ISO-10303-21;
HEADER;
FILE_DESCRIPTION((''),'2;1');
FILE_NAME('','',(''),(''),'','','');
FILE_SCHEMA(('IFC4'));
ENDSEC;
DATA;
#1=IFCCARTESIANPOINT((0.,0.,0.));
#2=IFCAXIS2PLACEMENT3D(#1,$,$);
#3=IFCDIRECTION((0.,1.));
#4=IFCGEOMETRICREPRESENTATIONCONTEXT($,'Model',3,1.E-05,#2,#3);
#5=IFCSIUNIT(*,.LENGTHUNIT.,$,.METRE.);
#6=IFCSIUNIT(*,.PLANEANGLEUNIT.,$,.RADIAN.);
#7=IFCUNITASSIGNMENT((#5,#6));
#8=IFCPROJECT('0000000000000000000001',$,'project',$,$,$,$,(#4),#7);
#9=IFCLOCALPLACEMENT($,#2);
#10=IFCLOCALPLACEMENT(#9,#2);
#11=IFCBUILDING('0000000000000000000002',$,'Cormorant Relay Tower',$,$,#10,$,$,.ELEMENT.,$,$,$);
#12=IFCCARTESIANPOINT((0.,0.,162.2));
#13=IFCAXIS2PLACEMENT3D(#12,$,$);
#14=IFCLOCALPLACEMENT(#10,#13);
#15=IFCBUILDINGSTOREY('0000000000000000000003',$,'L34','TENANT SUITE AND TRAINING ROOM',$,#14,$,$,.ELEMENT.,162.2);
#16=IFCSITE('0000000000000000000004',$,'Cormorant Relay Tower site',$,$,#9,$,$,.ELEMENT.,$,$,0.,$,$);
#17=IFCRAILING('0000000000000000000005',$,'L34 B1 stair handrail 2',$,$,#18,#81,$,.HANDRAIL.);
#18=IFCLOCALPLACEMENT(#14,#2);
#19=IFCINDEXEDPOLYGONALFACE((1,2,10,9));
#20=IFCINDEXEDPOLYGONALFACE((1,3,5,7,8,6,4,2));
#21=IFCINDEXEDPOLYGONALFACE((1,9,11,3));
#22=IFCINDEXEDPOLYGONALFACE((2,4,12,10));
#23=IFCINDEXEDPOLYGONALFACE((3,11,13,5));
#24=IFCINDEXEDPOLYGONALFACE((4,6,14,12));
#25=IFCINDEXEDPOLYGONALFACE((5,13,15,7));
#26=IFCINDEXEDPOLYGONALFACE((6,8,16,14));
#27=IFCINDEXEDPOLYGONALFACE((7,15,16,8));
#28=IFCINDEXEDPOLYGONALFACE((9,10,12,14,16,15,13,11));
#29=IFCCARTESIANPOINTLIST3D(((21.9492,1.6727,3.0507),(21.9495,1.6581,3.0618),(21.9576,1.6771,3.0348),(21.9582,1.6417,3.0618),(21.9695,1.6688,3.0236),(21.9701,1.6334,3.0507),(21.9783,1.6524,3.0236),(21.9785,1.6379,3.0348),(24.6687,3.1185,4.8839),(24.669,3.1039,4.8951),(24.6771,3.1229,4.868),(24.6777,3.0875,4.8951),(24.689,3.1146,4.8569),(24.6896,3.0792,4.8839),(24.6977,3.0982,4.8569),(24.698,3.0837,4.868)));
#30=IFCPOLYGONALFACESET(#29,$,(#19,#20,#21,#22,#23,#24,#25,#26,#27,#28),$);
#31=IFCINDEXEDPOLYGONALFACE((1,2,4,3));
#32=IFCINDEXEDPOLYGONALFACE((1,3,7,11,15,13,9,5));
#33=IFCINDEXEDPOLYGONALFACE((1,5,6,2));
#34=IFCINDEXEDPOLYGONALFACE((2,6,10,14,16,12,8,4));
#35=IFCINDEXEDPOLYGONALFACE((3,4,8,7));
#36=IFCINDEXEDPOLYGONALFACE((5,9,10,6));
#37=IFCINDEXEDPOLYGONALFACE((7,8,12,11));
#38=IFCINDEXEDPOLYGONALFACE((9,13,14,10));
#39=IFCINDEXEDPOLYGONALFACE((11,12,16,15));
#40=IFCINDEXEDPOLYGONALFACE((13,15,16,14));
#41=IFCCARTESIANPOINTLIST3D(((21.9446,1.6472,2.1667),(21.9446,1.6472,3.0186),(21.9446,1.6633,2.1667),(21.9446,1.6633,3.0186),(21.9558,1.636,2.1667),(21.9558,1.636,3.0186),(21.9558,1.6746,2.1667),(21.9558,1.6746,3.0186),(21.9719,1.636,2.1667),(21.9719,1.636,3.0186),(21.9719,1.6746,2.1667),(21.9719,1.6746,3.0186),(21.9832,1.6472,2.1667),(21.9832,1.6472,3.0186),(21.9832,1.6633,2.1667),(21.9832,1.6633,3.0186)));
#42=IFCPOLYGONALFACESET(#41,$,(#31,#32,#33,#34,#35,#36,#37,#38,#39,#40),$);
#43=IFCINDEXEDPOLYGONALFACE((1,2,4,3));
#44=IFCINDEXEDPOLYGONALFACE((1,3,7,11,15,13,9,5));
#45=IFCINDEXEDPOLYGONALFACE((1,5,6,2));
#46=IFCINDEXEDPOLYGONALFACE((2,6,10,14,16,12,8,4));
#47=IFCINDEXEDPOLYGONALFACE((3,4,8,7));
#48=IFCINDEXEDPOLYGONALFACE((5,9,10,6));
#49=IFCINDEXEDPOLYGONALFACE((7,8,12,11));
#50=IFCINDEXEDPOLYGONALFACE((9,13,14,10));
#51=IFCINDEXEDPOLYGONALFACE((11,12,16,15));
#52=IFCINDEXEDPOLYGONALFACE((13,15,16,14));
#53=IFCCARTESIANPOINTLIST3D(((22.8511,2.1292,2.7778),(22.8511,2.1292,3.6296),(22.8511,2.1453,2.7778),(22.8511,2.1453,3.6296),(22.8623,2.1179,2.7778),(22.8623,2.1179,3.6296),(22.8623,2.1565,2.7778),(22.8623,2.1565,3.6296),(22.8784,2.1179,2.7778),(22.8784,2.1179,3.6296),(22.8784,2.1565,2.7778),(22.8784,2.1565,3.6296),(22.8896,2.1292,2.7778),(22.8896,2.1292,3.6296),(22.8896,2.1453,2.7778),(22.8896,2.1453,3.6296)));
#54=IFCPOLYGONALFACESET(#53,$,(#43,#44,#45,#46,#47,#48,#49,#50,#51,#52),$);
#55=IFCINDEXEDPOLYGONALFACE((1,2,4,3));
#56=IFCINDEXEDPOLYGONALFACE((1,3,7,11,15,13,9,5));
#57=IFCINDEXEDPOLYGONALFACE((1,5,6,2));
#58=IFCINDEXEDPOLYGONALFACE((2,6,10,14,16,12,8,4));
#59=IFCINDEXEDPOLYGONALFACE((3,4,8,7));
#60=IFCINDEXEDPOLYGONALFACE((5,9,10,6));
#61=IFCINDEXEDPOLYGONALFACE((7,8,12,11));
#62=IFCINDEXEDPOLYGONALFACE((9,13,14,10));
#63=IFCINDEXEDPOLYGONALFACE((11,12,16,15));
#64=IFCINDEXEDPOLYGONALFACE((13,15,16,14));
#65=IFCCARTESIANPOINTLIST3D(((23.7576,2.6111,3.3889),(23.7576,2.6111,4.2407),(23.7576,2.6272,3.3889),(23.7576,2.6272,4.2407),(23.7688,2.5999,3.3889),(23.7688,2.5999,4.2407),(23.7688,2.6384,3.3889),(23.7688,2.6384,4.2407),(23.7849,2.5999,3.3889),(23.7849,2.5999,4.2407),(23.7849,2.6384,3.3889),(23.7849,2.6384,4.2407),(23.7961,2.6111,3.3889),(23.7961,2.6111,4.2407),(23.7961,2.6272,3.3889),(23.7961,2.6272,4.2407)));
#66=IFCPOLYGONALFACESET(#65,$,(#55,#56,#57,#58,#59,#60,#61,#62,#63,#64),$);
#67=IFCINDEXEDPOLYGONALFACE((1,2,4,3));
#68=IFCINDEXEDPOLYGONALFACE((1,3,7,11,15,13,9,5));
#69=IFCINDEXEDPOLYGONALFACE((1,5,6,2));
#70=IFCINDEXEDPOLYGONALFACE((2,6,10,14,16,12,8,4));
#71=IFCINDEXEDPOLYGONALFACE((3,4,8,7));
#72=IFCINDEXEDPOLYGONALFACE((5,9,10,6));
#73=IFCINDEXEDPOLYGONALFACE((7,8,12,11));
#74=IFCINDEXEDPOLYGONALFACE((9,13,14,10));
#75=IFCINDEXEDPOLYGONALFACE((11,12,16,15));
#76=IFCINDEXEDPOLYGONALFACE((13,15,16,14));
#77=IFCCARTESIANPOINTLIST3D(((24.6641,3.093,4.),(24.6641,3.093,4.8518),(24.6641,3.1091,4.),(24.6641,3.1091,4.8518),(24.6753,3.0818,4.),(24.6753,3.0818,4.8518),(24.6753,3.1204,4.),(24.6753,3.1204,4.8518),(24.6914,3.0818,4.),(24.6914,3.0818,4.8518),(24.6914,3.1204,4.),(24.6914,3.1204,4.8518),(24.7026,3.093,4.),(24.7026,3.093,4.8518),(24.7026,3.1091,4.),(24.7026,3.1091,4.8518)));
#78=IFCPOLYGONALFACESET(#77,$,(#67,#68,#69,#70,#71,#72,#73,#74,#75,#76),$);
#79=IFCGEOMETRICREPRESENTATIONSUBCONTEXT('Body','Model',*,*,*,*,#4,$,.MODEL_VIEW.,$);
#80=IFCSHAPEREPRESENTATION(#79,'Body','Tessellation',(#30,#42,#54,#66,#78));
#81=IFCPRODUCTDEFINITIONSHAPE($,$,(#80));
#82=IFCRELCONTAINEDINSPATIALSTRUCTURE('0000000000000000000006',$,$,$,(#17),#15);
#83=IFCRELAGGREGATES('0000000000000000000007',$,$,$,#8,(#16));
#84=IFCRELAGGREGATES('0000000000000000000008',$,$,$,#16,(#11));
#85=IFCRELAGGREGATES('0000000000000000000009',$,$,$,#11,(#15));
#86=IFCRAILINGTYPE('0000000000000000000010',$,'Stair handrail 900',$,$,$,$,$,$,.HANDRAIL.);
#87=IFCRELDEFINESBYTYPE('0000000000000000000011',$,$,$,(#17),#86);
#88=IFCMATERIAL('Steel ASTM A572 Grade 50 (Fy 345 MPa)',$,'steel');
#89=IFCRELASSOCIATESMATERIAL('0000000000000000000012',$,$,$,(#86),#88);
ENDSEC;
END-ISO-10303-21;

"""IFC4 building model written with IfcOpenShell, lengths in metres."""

from ifc_helpers import new_model, si_unit, direction, frame, origin, place, context, subcontext, project, spatial, polyline, outline, extrude, material, type_object, element, save


model = new_model("IFC4")

# Units and contexts
model_context = context("Model", 3, precision=1e-05, world=origin(), true_north=direction((0.0, 1.0)))
body_context = subcontext(model_context, "Body", "Model", "MODEL_VIEW")
ifc_project = project(units=[si_unit("LENGTHUNIT", "METRE"), si_unit("PLANEANGLEUNIT", "RADIAN")], contexts=[model_context])

# Site, building, storey
site_placement = place(None, origin())
site = spatial("IfcSite", under=ifc_project, at=site_placement, Name="Cormorant Relay Tower site", CompositionType="ELEMENT", RefElevation=0.0)
building_placement = place(site_placement, origin())
building = spatial("IfcBuilding", under=site, at=building_placement, Name="Cormorant Relay Tower", CompositionType="ELEMENT")
storey_placement = place(building_placement, frame((0.0, 0.0, 162.2)))
storey = spatial("IfcBuildingStorey", under=building, at=storey_placement, Name="L34", Description="TENANT SUITE AND TRAINING ROOM", CompositionType="ELEMENT", Elevation=162.2)

# Railing
ifc_material_1 = material(Name="Steel ASTM A572 Grade 50 (Fy 345 MPa)", Category="steel")
railing_type_1 = type_object("IfcRailingType", Name="Stair handrail 900", PredefinedType="HANDRAIL", material=ifc_material_1)
railing_1_placement = place(storey_placement, frame((21.9639, 1.6553, 2.1667)))
element("IfcRailing", 1, at=railing_1_placement, inside=storey, type_object=railing_type_1, Name="L34 B1 stair handrail 2", PredefinedType="HANDRAIL", context=body_context, shape_type="SweptSolid", body=[
    extrude(outline(polyline([(0.0222, 0.0093), (0.0093, 0.0222), (-0.0093, 0.0222), (-0.0222, 0.0093), (-0.0222, -0.0093), (-0.0093, -0.0222), (0.0093, -0.0222), (0.0222, -0.0093), (0.0222, 0.0093)])), frame((0.0, 0.0, 0.876), z_axis=(0.758735, 0.403378, 0.511477), x_axis=(-0.469428, 0.882971, 0.0)), (0.0, 0.0, 1.0), 3.5842),
    extrude(outline(polyline([(0.0193, 0.0081), (0.0081, 0.0193), (-0.0081, 0.0193), (-0.0193, 0.0081), (-0.0193, -0.0081), (-0.0081, -0.0193), (0.0081, -0.0193), (0.0193, -0.0081), (0.0193, 0.0081)])), origin(), (0.0, 0.0, 1.0), 0.8518),
    extrude(outline(polyline([(0.0193, 0.0081), (0.0081, 0.0193), (-0.0081, 0.0193), (-0.0193, 0.0081), (-0.0193, -0.0081), (-0.0081, -0.0193), (0.0081, -0.0193), (0.0193, -0.0081), (0.0193, 0.0081)])), frame((0.9065, 0.4819, 0.6111)), (0.0, 0.0, 1.0), 0.8518),
    extrude(outline(polyline([(0.0193, 0.0081), (0.0081, 0.0193), (-0.0081, 0.0193), (-0.0193, 0.0081), (-0.0193, -0.0081), (-0.0081, -0.0193), (0.0081, -0.0193), (0.0193, -0.0081), (0.0193, 0.0081)])), frame((1.813, 0.9639, 1.2222)), (0.0, 0.0, 1.0), 0.8518),
    extrude(outline(polyline([(0.0193, 0.0081), (0.0081, 0.0193), (-0.0081, 0.0193), (-0.0193, 0.0081), (-0.0193, -0.0081), (-0.0081, -0.0193), (0.0081, -0.0193), (0.0193, -0.0081), (0.0193, 0.0081)])), frame((2.7195, 1.4458, 1.8333)), (0.0, 0.0, 1.0), 0.8518),
])

save(model, "model.ifc")
